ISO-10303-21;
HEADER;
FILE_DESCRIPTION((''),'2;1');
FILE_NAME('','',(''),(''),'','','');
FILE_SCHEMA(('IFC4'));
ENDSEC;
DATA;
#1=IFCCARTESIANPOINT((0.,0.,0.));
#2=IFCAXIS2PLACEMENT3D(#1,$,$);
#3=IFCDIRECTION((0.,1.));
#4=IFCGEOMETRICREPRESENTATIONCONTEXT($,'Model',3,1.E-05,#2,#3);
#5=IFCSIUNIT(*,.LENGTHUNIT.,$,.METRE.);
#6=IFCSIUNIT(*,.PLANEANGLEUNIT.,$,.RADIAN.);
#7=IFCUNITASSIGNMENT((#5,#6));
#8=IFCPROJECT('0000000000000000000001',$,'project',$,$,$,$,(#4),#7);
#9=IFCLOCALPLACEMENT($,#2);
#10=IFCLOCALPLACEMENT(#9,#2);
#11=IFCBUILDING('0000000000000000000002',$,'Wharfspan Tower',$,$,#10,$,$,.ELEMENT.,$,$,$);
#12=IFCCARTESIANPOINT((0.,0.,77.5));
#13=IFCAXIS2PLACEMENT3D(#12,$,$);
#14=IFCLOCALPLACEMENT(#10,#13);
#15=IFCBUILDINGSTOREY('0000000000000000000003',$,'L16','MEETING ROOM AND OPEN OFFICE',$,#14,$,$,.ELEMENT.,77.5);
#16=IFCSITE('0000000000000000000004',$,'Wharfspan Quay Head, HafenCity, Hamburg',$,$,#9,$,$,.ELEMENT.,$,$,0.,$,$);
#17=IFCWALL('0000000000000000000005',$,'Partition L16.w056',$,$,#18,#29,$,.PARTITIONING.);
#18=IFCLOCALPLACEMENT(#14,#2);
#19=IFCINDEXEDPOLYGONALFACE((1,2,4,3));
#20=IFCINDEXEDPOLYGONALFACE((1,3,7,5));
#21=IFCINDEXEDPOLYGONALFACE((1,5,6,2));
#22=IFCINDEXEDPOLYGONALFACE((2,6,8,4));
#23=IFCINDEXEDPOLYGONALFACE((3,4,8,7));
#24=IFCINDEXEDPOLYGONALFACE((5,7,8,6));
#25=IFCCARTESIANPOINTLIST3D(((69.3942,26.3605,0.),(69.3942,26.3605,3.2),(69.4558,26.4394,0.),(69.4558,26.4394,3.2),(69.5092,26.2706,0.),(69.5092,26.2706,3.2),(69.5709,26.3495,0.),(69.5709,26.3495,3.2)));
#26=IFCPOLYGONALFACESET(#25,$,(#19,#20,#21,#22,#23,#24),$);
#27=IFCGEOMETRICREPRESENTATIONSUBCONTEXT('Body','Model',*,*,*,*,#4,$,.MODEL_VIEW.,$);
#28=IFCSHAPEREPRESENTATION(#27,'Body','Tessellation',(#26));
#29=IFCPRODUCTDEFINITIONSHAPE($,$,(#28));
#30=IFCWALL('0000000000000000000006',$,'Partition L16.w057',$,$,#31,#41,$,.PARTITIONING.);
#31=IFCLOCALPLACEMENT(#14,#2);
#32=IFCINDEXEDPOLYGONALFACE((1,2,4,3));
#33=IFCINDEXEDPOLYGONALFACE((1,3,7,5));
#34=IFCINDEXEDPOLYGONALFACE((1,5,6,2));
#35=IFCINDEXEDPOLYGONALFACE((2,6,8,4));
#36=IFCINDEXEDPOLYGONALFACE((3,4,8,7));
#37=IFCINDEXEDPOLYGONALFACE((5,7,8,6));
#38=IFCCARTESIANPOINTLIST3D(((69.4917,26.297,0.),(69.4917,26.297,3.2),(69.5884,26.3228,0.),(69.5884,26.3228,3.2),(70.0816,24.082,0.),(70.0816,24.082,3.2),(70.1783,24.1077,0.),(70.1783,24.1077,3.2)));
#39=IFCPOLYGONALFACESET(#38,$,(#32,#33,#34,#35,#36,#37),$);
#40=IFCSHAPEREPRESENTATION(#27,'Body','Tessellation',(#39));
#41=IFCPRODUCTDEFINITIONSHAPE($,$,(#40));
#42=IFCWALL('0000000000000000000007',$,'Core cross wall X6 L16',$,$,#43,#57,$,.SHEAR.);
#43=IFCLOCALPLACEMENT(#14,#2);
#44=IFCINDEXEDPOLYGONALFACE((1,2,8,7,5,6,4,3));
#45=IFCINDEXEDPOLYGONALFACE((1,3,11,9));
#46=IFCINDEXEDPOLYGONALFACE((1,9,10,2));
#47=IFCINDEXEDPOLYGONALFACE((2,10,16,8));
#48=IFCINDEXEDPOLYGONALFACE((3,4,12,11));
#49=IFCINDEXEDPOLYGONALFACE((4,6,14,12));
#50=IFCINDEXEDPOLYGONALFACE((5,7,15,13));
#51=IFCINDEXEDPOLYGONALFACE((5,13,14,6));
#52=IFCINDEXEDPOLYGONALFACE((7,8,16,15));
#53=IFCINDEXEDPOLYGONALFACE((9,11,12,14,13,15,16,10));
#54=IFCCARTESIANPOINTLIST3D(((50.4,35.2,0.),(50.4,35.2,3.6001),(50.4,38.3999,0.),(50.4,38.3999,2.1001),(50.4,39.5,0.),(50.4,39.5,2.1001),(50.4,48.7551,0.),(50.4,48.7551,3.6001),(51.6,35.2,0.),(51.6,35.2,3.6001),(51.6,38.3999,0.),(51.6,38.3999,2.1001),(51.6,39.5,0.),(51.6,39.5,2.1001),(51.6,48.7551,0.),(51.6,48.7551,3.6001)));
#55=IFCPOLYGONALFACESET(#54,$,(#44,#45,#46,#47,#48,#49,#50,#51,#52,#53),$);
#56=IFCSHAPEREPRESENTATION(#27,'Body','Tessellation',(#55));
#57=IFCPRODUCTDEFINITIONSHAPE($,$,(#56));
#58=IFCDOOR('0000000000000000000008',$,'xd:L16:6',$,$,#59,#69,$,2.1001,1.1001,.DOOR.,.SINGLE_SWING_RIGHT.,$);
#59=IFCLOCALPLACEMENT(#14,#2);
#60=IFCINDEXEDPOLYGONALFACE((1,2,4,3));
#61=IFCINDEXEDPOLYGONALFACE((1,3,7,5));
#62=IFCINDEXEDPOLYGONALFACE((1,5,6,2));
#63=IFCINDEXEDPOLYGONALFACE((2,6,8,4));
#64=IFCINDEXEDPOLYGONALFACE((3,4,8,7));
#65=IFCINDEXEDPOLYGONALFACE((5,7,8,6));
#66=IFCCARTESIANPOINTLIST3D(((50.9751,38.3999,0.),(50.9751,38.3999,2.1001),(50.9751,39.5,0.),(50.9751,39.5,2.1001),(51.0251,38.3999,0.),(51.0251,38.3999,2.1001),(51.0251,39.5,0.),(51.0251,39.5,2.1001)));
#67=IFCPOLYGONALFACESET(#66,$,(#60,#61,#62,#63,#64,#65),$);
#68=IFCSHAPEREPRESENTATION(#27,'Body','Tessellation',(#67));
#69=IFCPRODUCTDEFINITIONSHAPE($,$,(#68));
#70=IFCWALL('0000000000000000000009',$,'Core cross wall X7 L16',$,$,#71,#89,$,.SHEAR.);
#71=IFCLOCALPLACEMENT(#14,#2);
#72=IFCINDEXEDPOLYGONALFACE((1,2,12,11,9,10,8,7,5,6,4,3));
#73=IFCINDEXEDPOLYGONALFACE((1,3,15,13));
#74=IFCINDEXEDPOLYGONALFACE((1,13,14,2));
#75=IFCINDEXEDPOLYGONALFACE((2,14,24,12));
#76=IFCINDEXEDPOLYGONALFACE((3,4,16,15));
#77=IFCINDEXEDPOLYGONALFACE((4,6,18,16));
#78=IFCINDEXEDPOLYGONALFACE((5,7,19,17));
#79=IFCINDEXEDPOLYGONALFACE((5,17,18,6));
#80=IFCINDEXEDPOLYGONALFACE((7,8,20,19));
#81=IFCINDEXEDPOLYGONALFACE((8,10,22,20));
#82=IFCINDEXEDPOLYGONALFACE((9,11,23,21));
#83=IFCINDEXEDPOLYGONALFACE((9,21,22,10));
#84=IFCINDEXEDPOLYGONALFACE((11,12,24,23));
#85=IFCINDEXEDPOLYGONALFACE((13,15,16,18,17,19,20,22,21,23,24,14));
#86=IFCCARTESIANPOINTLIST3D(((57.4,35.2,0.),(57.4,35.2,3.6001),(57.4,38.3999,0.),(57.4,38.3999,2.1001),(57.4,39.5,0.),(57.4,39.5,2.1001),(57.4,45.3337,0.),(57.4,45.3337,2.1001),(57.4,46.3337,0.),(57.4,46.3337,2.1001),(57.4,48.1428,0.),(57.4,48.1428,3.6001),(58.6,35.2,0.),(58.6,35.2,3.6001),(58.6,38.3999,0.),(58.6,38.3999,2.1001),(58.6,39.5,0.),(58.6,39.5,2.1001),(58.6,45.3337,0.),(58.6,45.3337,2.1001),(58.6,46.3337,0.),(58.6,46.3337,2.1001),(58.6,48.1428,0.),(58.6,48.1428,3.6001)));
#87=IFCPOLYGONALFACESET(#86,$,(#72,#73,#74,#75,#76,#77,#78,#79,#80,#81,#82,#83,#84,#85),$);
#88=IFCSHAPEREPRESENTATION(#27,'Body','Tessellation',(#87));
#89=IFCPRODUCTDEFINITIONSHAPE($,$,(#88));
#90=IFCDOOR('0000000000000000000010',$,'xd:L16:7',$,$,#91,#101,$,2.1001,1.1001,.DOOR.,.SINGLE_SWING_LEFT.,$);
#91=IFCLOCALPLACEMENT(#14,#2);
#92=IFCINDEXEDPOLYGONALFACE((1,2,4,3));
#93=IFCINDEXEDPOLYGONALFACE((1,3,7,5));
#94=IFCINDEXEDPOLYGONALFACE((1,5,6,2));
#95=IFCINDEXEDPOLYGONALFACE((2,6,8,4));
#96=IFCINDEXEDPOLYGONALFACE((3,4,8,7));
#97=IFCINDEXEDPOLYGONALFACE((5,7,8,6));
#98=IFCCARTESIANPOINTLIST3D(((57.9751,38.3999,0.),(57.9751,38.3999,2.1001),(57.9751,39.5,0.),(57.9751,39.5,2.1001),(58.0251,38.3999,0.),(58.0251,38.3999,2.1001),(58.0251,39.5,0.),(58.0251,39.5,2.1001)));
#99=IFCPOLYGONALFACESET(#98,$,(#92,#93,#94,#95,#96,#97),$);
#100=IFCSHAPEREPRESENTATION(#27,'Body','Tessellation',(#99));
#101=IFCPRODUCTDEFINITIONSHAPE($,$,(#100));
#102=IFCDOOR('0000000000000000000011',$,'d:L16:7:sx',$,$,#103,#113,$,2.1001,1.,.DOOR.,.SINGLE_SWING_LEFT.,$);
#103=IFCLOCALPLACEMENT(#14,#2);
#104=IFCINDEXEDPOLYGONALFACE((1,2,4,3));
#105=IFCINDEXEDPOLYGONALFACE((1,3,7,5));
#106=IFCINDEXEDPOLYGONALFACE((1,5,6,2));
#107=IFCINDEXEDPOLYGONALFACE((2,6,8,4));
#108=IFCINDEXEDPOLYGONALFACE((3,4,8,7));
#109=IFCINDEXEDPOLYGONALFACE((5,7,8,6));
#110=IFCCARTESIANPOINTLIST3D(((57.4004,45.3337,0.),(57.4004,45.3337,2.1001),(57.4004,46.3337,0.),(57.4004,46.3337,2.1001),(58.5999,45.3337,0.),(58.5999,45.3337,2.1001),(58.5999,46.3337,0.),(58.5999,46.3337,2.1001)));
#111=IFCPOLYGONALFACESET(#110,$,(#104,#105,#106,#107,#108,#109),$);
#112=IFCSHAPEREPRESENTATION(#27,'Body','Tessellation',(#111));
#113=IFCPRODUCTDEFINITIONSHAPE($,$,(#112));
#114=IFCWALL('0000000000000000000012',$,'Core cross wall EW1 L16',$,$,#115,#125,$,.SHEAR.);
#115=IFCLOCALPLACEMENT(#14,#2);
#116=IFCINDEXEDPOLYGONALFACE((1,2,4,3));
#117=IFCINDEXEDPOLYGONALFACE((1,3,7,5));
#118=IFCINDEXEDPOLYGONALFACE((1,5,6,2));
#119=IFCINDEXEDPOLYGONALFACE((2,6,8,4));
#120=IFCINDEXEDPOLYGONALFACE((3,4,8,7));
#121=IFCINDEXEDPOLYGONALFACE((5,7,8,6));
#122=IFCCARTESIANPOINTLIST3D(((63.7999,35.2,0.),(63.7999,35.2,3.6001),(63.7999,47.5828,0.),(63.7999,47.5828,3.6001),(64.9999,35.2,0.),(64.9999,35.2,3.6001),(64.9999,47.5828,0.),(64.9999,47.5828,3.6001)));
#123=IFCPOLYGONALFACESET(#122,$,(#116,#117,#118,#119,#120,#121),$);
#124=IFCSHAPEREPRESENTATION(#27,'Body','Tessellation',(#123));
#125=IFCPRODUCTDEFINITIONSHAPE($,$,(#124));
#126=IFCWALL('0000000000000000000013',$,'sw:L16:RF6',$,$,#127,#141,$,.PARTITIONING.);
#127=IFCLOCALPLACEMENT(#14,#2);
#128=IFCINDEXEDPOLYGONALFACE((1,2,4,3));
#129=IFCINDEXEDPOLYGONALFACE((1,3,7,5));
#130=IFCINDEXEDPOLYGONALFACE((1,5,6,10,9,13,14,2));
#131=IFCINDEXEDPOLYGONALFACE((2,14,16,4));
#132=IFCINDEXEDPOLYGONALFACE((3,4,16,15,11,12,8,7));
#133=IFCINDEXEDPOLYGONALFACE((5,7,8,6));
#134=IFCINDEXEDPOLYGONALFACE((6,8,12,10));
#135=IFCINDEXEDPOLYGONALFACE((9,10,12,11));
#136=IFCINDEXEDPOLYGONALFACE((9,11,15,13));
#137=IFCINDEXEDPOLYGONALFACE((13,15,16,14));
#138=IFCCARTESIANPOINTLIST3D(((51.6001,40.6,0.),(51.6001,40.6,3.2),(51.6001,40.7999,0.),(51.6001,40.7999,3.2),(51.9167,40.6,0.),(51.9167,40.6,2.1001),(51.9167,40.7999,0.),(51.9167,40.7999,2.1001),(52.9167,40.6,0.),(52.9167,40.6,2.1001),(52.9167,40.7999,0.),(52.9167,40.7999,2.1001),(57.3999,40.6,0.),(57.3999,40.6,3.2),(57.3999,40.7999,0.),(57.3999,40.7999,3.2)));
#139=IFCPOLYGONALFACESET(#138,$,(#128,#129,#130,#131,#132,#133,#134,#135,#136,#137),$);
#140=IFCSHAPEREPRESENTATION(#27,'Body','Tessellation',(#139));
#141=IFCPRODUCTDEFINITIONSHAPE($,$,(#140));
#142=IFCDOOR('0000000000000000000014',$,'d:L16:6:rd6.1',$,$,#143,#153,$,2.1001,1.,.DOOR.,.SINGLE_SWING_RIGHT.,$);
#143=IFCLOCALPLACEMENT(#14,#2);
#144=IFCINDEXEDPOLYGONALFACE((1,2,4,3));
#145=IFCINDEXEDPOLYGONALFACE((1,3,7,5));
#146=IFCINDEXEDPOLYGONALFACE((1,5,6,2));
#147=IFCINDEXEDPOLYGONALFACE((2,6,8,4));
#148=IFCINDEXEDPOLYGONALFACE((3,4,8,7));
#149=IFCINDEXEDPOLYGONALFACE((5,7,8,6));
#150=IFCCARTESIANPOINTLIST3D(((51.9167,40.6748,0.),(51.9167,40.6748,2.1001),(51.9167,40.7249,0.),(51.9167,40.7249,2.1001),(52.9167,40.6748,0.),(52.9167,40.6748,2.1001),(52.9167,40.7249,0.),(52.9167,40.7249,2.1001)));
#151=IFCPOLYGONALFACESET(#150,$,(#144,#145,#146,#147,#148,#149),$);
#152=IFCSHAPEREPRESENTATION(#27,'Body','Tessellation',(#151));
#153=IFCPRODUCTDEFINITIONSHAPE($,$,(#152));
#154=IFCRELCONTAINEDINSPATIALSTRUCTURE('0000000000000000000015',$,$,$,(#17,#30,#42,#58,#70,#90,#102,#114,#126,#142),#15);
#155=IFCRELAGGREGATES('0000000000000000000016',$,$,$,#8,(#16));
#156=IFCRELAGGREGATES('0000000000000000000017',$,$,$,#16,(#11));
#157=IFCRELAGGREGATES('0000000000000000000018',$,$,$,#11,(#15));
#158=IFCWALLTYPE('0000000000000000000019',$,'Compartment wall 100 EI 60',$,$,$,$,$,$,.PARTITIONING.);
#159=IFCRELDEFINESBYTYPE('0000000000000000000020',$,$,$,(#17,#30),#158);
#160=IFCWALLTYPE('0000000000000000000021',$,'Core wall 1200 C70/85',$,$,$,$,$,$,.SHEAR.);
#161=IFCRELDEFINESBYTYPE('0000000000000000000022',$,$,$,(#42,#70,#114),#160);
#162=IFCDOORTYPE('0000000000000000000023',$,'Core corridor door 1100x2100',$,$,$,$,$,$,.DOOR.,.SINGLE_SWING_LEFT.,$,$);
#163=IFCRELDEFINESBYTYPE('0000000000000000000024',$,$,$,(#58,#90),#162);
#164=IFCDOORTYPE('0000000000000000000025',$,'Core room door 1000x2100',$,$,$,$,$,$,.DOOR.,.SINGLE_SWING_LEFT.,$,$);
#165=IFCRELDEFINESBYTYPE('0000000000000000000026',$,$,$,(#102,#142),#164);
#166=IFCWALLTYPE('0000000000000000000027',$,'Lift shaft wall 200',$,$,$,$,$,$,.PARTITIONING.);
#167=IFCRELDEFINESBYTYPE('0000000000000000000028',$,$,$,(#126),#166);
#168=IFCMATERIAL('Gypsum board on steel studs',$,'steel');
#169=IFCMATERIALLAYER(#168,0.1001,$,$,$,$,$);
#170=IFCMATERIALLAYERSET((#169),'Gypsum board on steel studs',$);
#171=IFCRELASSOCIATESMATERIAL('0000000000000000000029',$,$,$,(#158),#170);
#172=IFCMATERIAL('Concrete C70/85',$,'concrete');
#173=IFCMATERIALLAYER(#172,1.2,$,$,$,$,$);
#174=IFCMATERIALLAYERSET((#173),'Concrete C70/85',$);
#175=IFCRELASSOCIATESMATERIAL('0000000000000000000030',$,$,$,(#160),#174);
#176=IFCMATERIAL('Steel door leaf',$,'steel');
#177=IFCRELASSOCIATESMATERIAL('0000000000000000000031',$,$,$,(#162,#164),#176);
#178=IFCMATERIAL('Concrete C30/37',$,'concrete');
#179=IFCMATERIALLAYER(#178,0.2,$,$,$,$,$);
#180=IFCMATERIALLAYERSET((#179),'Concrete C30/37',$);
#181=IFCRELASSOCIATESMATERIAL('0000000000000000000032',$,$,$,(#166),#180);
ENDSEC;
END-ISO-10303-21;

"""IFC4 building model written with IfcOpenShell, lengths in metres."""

from ifc_helpers import new_model, si_unit, direction, frame, frame_2d, origin, place, context, subcontext, project, spatial, rectangle, extrude, material, layer, layer_set, type_object, element, fill, save


model = new_model("IFC4")

# Units and contexts
model_context = context("Model", 3, precision=1e-05, world=origin(), true_north=direction((0.0, 1.0)))
body_context = subcontext(model_context, "Body", "Model", "MODEL_VIEW")
ifc_project = project(units=[si_unit("LENGTHUNIT", "METRE"), si_unit("PLANEANGLEUNIT", "RADIAN")], contexts=[model_context])

# Site, building, storey
site_placement = place(None, origin())
site = spatial("IfcSite", under=ifc_project, at=site_placement, Name="Wharfspan Quay Head, HafenCity, Hamburg", CompositionType="ELEMENT", RefElevation=0.0)
building_placement = place(site_placement, origin())
building = spatial("IfcBuilding", under=site, at=building_placement, Name="Wharfspan Tower", CompositionType="ELEMENT")
storey_placement = place(building_placement, frame((0.0, 0.0, 77.5)))
storey = spatial("IfcBuildingStorey", under=building, at=storey_placement, Name="L16", Description="MEETING ROOM AND OPEN OFFICE", CompositionType="ELEMENT", Elevation=77.5)

# Shared definitions
ifc_material_1 = material(Name="Gypsum board on steel studs", Category="steel")
ifc_layer_1 = layer(ifc_material_1, 0.1001)
ifc_layer_set_1 = layer_set([ifc_layer_1], Name="Gypsum board on steel studs")
wall_type_1 = type_object("IfcWallType", Name="Compartment wall 100 EI 60", PredefinedType="PARTITIONING", material=ifc_layer_set_1)

# Walls
wall_1_placement = place(storey_placement, frame((69.54, 26.3101, 0.0), z_axis=(0.0, 0.0, 1.0), x_axis=(-0.787997, 0.615675, 0.0)))
element("IfcWall", 1, at=wall_1_placement, inside=storey, type_object=wall_type_1, Name="Partition L16.w056", PredefinedType="PARTITIONING", context=body_context, shape_type="SweptSolid", body=[
    extrude(rectangle(XDim=0.146, YDim=0.1001, at=frame_2d((0.073, 0.0))), origin(), (0.0, 0.0, 1.0), 3.2),
])
wall_2_placement = place(storey_placement, frame((70.1299, 24.095, 0.0), z_axis=(0.0, 0.0, 1.0), x_axis=(-0.257318, 0.966327, 0.0)))
element("IfcWall", 2, at=wall_2_placement, inside=storey, type_object=wall_type_1, Name="Partition L16.w057", PredefinedType="PARTITIONING", context=body_context, shape_type="SweptSolid", body=[
    extrude(rectangle(XDim=2.2922, YDim=0.1001, at=frame_2d((1.146, 0.0))), origin(), (0.0, 0.0, 1.0), 3.2),
])

# Wall, opening, door
ifc_material_2 = material(Name="Concrete C70/85", Category="concrete")
ifc_layer_2 = layer(ifc_material_2, 1.2)
ifc_layer_set_2 = layer_set([ifc_layer_2], Name="Concrete C70/85")
wall_type_2 = type_object("IfcWallType", Name="Core wall 1200 C70/85", PredefinedType="SHEAR", material=ifc_layer_set_2)
wall_3_placement = place(storey_placement, frame((51.0, 35.2, 0.0), z_axis=(0.0, 0.0, 1.0), x_axis=(0.0, 1.0, 0.0)))
wall_3 = element("IfcWall", 3, at=wall_3_placement, inside=storey, type_object=wall_type_2, Name="Core cross wall X6 L16", PredefinedType="SHEAR", context=body_context, shape_type="SweptSolid", body=[
    extrude(rectangle(XDim=13.5552, YDim=1.2, at=frame_2d((6.7776, 0.0))), origin(), (0.0, 0.0, 1.0), 3.6001),
])
opening_1_placement = place(wall_3_placement, frame((3.2, 0.0, 0.0)))
opening_1 = element("IfcOpeningElement", 4, at=opening_1_placement, cuts=wall_3, PredefinedType="OPENING", context=body_context, shape_type="SweptSolid", body=[
    extrude(rectangle(XDim=1.1001, YDim=2.1001, at=frame_2d((0.55, 1.05))), frame((0.0, 0.6099, 0.0), z_axis=(0.0, -1.0, 0.0), x_axis=(1.0, 0.0, 0.0)), (0.0, 0.0, 1.0), 1.22),
])
ifc_material_3 = material(Name="Steel door leaf", Category="steel")
door_type_1 = type_object("IfcDoorType", Name="Core corridor door 1100x2100", OperationType="SINGLE_SWING_LEFT", PredefinedType="DOOR", material=ifc_material_3)
door_1_placement = place(opening_1_placement, origin())
door_1 = element("IfcDoor", 5, at=door_1_placement, inside=storey, type_object=door_type_1, Name="xd:L16:6", OperationType="SINGLE_SWING_RIGHT", OverallHeight=2.1001, OverallWidth=1.1001, PredefinedType="DOOR", context=body_context, shape_type="SweptSolid", body=[
    extrude(rectangle(XDim=1.1001, YDim=2.1001, at=frame_2d((0.55, 1.05))), frame((0.0, 0.0249, 0.0), z_axis=(0.0, -1.0, 0.0), x_axis=(1.0, 0.0, 0.0)), (0.0, 0.0, 1.0), 0.05),
])
fill(opening_1, door_1)

# Wall, openings, doors
wall_4_placement = place(storey_placement, frame((58.0, 35.2, 0.0), z_axis=(0.0, 0.0, 1.0), x_axis=(0.0, 1.0, 0.0)))
wall_4 = element("IfcWall", 6, at=wall_4_placement, inside=storey, type_object=wall_type_2, Name="Core cross wall X7 L16", PredefinedType="SHEAR", context=body_context, shape_type="SweptSolid", body=[
    extrude(rectangle(XDim=12.9429, YDim=1.2, at=frame_2d((6.4714, 0.0))), origin(), (0.0, 0.0, 1.0), 3.6001),
])
opening_2_placement = place(wall_4_placement, frame((10.1338, 0.0, 0.0)))
opening_2 = element("IfcOpeningElement", 7, at=opening_2_placement, cuts=wall_4, PredefinedType="OPENING", context=body_context, shape_type="SweptSolid", body=[
    extrude(rectangle(XDim=1.0, YDim=2.1001, at=frame_2d((0.5, 1.05))), frame((0.0, 0.6099, 0.0), z_axis=(0.0, -1.0, 0.0), x_axis=(1.0, 0.0, 0.0)), (0.0, 0.0, 1.0), 1.22),
])
opening_3_placement = place(wall_4_placement, frame((3.2, 0.0, 0.0)))
opening_3 = element("IfcOpeningElement", 8, at=opening_3_placement, cuts=wall_4, PredefinedType="OPENING", context=body_context, shape_type="SweptSolid", body=[
    extrude(rectangle(XDim=1.1001, YDim=2.1001, at=frame_2d((0.55, 1.05))), frame((0.0, 0.6099, 0.0), z_axis=(0.0, -1.0, 0.0), x_axis=(1.0, 0.0, 0.0)), (0.0, 0.0, 1.0), 1.22),
])
door_2_placement = place(opening_3_placement, origin())
door_2 = element("IfcDoor", 9, at=door_2_placement, inside=storey, type_object=door_type_1, Name="xd:L16:7", OperationType="SINGLE_SWING_LEFT", OverallHeight=2.1001, OverallWidth=1.1001, PredefinedType="DOOR", context=body_context, shape_type="SweptSolid", body=[
    extrude(rectangle(XDim=1.1001, YDim=2.1001, at=frame_2d((0.55, 1.05))), frame((0.0, 0.0249, 0.0), z_axis=(0.0, -1.0, 0.0), x_axis=(1.0, 0.0, 0.0)), (0.0, 0.0, 1.0), 0.05),
])
fill(opening_3, door_2)
door_type_2 = type_object("IfcDoorType", Name="Core room door 1000x2100", OperationType="SINGLE_SWING_LEFT", PredefinedType="DOOR", material=ifc_material_3)
door_3_placement = place(opening_2_placement, origin())
door_3 = element("IfcDoor", 10, at=door_3_placement, inside=storey, type_object=door_type_2, Name="d:L16:7:sx", OperationType="SINGLE_SWING_LEFT", OverallHeight=2.1001, OverallWidth=1.0, PredefinedType="DOOR", context=body_context, shape_type="SweptSolid", body=[
    extrude(rectangle(XDim=1.0, YDim=2.1001, at=frame_2d((0.5, 1.05))), frame((0.0, 0.5996, 0.0), z_axis=(0.0, -1.0, 0.0), x_axis=(1.0, 0.0, 0.0)), (0.0, 0.0, 1.0), 1.1995),
])
fill(opening_2, door_3)

# Wall
wall_5_placement = place(storey_placement, frame((64.3999, 35.2, 0.0), z_axis=(0.0, 0.0, 1.0), x_axis=(0.0, 1.0, 0.0)))
element("IfcWall", 11, at=wall_5_placement, inside=storey, type_object=wall_type_2, Name="Core cross wall EW1 L16", PredefinedType="SHEAR", context=body_context, shape_type="SweptSolid", body=[
    extrude(rectangle(XDim=12.3828, YDim=1.2, at=frame_2d((6.1914, 0.0))), origin(), (0.0, 0.0, 1.0), 3.6001),
])

# Wall, opening, door
ifc_material_4 = material(Name="Concrete C30/37", Category="concrete")
ifc_layer_3 = layer(ifc_material_4, 0.2)
ifc_layer_set_3 = layer_set([ifc_layer_3], Name="Concrete C30/37")
wall_type_3 = type_object("IfcWallType", Name="Lift shaft wall 200", PredefinedType="PARTITIONING", material=ifc_layer_set_3)
wall_6_placement = place(storey_placement, frame((51.6001, 40.7, 0.0), z_axis=(0.0, 0.0, 1.0), x_axis=(1.0, 0.0, 0.0)))
wall_6 = element("IfcWall", 12, at=wall_6_placement, inside=storey, type_object=wall_type_3, Name="sw:L16:RF6", PredefinedType="PARTITIONING", context=body_context, shape_type="SweptSolid", body=[
    extrude(rectangle(XDim=5.7998, YDim=0.2, at=frame_2d((2.8999, 0.0))), origin(), (0.0, 0.0, 1.0), 3.2),
])
opening_4_placement = place(wall_6_placement, frame((0.3166, 0.0, 0.0)))
opening_4 = element("IfcOpeningElement", 13, at=opening_4_placement, cuts=wall_6, PredefinedType="OPENING", context=body_context, shape_type="SweptSolid", body=[
    extrude(rectangle(XDim=1.0, YDim=2.1001, at=frame_2d((0.5, 1.05))), frame((0.0, 0.1099, 0.0), z_axis=(0.0, -1.0, 0.0), x_axis=(1.0, 0.0, 0.0)), (0.0, 0.0, 1.0), 0.22),
])
door_4_placement = place(opening_4_placement, origin())
door_4 = element("IfcDoor", 14, at=door_4_placement, inside=storey, type_object=door_type_2, Name="d:L16:6:rd6.1", OperationType="SINGLE_SWING_RIGHT", OverallHeight=2.1001, OverallWidth=1.0, PredefinedType="DOOR", context=body_context, shape_type="SweptSolid", body=[
    extrude(rectangle(XDim=1.0, YDim=2.1001, at=frame_2d((0.5, 1.05))), frame((0.0, 0.0249, 0.0), z_axis=(0.0, -1.0, 0.0), x_axis=(1.0, 0.0, 0.0)), (0.0, 0.0, 1.0), 0.05),
])
fill(opening_4, door_4)

save(model, "model.ifc")
